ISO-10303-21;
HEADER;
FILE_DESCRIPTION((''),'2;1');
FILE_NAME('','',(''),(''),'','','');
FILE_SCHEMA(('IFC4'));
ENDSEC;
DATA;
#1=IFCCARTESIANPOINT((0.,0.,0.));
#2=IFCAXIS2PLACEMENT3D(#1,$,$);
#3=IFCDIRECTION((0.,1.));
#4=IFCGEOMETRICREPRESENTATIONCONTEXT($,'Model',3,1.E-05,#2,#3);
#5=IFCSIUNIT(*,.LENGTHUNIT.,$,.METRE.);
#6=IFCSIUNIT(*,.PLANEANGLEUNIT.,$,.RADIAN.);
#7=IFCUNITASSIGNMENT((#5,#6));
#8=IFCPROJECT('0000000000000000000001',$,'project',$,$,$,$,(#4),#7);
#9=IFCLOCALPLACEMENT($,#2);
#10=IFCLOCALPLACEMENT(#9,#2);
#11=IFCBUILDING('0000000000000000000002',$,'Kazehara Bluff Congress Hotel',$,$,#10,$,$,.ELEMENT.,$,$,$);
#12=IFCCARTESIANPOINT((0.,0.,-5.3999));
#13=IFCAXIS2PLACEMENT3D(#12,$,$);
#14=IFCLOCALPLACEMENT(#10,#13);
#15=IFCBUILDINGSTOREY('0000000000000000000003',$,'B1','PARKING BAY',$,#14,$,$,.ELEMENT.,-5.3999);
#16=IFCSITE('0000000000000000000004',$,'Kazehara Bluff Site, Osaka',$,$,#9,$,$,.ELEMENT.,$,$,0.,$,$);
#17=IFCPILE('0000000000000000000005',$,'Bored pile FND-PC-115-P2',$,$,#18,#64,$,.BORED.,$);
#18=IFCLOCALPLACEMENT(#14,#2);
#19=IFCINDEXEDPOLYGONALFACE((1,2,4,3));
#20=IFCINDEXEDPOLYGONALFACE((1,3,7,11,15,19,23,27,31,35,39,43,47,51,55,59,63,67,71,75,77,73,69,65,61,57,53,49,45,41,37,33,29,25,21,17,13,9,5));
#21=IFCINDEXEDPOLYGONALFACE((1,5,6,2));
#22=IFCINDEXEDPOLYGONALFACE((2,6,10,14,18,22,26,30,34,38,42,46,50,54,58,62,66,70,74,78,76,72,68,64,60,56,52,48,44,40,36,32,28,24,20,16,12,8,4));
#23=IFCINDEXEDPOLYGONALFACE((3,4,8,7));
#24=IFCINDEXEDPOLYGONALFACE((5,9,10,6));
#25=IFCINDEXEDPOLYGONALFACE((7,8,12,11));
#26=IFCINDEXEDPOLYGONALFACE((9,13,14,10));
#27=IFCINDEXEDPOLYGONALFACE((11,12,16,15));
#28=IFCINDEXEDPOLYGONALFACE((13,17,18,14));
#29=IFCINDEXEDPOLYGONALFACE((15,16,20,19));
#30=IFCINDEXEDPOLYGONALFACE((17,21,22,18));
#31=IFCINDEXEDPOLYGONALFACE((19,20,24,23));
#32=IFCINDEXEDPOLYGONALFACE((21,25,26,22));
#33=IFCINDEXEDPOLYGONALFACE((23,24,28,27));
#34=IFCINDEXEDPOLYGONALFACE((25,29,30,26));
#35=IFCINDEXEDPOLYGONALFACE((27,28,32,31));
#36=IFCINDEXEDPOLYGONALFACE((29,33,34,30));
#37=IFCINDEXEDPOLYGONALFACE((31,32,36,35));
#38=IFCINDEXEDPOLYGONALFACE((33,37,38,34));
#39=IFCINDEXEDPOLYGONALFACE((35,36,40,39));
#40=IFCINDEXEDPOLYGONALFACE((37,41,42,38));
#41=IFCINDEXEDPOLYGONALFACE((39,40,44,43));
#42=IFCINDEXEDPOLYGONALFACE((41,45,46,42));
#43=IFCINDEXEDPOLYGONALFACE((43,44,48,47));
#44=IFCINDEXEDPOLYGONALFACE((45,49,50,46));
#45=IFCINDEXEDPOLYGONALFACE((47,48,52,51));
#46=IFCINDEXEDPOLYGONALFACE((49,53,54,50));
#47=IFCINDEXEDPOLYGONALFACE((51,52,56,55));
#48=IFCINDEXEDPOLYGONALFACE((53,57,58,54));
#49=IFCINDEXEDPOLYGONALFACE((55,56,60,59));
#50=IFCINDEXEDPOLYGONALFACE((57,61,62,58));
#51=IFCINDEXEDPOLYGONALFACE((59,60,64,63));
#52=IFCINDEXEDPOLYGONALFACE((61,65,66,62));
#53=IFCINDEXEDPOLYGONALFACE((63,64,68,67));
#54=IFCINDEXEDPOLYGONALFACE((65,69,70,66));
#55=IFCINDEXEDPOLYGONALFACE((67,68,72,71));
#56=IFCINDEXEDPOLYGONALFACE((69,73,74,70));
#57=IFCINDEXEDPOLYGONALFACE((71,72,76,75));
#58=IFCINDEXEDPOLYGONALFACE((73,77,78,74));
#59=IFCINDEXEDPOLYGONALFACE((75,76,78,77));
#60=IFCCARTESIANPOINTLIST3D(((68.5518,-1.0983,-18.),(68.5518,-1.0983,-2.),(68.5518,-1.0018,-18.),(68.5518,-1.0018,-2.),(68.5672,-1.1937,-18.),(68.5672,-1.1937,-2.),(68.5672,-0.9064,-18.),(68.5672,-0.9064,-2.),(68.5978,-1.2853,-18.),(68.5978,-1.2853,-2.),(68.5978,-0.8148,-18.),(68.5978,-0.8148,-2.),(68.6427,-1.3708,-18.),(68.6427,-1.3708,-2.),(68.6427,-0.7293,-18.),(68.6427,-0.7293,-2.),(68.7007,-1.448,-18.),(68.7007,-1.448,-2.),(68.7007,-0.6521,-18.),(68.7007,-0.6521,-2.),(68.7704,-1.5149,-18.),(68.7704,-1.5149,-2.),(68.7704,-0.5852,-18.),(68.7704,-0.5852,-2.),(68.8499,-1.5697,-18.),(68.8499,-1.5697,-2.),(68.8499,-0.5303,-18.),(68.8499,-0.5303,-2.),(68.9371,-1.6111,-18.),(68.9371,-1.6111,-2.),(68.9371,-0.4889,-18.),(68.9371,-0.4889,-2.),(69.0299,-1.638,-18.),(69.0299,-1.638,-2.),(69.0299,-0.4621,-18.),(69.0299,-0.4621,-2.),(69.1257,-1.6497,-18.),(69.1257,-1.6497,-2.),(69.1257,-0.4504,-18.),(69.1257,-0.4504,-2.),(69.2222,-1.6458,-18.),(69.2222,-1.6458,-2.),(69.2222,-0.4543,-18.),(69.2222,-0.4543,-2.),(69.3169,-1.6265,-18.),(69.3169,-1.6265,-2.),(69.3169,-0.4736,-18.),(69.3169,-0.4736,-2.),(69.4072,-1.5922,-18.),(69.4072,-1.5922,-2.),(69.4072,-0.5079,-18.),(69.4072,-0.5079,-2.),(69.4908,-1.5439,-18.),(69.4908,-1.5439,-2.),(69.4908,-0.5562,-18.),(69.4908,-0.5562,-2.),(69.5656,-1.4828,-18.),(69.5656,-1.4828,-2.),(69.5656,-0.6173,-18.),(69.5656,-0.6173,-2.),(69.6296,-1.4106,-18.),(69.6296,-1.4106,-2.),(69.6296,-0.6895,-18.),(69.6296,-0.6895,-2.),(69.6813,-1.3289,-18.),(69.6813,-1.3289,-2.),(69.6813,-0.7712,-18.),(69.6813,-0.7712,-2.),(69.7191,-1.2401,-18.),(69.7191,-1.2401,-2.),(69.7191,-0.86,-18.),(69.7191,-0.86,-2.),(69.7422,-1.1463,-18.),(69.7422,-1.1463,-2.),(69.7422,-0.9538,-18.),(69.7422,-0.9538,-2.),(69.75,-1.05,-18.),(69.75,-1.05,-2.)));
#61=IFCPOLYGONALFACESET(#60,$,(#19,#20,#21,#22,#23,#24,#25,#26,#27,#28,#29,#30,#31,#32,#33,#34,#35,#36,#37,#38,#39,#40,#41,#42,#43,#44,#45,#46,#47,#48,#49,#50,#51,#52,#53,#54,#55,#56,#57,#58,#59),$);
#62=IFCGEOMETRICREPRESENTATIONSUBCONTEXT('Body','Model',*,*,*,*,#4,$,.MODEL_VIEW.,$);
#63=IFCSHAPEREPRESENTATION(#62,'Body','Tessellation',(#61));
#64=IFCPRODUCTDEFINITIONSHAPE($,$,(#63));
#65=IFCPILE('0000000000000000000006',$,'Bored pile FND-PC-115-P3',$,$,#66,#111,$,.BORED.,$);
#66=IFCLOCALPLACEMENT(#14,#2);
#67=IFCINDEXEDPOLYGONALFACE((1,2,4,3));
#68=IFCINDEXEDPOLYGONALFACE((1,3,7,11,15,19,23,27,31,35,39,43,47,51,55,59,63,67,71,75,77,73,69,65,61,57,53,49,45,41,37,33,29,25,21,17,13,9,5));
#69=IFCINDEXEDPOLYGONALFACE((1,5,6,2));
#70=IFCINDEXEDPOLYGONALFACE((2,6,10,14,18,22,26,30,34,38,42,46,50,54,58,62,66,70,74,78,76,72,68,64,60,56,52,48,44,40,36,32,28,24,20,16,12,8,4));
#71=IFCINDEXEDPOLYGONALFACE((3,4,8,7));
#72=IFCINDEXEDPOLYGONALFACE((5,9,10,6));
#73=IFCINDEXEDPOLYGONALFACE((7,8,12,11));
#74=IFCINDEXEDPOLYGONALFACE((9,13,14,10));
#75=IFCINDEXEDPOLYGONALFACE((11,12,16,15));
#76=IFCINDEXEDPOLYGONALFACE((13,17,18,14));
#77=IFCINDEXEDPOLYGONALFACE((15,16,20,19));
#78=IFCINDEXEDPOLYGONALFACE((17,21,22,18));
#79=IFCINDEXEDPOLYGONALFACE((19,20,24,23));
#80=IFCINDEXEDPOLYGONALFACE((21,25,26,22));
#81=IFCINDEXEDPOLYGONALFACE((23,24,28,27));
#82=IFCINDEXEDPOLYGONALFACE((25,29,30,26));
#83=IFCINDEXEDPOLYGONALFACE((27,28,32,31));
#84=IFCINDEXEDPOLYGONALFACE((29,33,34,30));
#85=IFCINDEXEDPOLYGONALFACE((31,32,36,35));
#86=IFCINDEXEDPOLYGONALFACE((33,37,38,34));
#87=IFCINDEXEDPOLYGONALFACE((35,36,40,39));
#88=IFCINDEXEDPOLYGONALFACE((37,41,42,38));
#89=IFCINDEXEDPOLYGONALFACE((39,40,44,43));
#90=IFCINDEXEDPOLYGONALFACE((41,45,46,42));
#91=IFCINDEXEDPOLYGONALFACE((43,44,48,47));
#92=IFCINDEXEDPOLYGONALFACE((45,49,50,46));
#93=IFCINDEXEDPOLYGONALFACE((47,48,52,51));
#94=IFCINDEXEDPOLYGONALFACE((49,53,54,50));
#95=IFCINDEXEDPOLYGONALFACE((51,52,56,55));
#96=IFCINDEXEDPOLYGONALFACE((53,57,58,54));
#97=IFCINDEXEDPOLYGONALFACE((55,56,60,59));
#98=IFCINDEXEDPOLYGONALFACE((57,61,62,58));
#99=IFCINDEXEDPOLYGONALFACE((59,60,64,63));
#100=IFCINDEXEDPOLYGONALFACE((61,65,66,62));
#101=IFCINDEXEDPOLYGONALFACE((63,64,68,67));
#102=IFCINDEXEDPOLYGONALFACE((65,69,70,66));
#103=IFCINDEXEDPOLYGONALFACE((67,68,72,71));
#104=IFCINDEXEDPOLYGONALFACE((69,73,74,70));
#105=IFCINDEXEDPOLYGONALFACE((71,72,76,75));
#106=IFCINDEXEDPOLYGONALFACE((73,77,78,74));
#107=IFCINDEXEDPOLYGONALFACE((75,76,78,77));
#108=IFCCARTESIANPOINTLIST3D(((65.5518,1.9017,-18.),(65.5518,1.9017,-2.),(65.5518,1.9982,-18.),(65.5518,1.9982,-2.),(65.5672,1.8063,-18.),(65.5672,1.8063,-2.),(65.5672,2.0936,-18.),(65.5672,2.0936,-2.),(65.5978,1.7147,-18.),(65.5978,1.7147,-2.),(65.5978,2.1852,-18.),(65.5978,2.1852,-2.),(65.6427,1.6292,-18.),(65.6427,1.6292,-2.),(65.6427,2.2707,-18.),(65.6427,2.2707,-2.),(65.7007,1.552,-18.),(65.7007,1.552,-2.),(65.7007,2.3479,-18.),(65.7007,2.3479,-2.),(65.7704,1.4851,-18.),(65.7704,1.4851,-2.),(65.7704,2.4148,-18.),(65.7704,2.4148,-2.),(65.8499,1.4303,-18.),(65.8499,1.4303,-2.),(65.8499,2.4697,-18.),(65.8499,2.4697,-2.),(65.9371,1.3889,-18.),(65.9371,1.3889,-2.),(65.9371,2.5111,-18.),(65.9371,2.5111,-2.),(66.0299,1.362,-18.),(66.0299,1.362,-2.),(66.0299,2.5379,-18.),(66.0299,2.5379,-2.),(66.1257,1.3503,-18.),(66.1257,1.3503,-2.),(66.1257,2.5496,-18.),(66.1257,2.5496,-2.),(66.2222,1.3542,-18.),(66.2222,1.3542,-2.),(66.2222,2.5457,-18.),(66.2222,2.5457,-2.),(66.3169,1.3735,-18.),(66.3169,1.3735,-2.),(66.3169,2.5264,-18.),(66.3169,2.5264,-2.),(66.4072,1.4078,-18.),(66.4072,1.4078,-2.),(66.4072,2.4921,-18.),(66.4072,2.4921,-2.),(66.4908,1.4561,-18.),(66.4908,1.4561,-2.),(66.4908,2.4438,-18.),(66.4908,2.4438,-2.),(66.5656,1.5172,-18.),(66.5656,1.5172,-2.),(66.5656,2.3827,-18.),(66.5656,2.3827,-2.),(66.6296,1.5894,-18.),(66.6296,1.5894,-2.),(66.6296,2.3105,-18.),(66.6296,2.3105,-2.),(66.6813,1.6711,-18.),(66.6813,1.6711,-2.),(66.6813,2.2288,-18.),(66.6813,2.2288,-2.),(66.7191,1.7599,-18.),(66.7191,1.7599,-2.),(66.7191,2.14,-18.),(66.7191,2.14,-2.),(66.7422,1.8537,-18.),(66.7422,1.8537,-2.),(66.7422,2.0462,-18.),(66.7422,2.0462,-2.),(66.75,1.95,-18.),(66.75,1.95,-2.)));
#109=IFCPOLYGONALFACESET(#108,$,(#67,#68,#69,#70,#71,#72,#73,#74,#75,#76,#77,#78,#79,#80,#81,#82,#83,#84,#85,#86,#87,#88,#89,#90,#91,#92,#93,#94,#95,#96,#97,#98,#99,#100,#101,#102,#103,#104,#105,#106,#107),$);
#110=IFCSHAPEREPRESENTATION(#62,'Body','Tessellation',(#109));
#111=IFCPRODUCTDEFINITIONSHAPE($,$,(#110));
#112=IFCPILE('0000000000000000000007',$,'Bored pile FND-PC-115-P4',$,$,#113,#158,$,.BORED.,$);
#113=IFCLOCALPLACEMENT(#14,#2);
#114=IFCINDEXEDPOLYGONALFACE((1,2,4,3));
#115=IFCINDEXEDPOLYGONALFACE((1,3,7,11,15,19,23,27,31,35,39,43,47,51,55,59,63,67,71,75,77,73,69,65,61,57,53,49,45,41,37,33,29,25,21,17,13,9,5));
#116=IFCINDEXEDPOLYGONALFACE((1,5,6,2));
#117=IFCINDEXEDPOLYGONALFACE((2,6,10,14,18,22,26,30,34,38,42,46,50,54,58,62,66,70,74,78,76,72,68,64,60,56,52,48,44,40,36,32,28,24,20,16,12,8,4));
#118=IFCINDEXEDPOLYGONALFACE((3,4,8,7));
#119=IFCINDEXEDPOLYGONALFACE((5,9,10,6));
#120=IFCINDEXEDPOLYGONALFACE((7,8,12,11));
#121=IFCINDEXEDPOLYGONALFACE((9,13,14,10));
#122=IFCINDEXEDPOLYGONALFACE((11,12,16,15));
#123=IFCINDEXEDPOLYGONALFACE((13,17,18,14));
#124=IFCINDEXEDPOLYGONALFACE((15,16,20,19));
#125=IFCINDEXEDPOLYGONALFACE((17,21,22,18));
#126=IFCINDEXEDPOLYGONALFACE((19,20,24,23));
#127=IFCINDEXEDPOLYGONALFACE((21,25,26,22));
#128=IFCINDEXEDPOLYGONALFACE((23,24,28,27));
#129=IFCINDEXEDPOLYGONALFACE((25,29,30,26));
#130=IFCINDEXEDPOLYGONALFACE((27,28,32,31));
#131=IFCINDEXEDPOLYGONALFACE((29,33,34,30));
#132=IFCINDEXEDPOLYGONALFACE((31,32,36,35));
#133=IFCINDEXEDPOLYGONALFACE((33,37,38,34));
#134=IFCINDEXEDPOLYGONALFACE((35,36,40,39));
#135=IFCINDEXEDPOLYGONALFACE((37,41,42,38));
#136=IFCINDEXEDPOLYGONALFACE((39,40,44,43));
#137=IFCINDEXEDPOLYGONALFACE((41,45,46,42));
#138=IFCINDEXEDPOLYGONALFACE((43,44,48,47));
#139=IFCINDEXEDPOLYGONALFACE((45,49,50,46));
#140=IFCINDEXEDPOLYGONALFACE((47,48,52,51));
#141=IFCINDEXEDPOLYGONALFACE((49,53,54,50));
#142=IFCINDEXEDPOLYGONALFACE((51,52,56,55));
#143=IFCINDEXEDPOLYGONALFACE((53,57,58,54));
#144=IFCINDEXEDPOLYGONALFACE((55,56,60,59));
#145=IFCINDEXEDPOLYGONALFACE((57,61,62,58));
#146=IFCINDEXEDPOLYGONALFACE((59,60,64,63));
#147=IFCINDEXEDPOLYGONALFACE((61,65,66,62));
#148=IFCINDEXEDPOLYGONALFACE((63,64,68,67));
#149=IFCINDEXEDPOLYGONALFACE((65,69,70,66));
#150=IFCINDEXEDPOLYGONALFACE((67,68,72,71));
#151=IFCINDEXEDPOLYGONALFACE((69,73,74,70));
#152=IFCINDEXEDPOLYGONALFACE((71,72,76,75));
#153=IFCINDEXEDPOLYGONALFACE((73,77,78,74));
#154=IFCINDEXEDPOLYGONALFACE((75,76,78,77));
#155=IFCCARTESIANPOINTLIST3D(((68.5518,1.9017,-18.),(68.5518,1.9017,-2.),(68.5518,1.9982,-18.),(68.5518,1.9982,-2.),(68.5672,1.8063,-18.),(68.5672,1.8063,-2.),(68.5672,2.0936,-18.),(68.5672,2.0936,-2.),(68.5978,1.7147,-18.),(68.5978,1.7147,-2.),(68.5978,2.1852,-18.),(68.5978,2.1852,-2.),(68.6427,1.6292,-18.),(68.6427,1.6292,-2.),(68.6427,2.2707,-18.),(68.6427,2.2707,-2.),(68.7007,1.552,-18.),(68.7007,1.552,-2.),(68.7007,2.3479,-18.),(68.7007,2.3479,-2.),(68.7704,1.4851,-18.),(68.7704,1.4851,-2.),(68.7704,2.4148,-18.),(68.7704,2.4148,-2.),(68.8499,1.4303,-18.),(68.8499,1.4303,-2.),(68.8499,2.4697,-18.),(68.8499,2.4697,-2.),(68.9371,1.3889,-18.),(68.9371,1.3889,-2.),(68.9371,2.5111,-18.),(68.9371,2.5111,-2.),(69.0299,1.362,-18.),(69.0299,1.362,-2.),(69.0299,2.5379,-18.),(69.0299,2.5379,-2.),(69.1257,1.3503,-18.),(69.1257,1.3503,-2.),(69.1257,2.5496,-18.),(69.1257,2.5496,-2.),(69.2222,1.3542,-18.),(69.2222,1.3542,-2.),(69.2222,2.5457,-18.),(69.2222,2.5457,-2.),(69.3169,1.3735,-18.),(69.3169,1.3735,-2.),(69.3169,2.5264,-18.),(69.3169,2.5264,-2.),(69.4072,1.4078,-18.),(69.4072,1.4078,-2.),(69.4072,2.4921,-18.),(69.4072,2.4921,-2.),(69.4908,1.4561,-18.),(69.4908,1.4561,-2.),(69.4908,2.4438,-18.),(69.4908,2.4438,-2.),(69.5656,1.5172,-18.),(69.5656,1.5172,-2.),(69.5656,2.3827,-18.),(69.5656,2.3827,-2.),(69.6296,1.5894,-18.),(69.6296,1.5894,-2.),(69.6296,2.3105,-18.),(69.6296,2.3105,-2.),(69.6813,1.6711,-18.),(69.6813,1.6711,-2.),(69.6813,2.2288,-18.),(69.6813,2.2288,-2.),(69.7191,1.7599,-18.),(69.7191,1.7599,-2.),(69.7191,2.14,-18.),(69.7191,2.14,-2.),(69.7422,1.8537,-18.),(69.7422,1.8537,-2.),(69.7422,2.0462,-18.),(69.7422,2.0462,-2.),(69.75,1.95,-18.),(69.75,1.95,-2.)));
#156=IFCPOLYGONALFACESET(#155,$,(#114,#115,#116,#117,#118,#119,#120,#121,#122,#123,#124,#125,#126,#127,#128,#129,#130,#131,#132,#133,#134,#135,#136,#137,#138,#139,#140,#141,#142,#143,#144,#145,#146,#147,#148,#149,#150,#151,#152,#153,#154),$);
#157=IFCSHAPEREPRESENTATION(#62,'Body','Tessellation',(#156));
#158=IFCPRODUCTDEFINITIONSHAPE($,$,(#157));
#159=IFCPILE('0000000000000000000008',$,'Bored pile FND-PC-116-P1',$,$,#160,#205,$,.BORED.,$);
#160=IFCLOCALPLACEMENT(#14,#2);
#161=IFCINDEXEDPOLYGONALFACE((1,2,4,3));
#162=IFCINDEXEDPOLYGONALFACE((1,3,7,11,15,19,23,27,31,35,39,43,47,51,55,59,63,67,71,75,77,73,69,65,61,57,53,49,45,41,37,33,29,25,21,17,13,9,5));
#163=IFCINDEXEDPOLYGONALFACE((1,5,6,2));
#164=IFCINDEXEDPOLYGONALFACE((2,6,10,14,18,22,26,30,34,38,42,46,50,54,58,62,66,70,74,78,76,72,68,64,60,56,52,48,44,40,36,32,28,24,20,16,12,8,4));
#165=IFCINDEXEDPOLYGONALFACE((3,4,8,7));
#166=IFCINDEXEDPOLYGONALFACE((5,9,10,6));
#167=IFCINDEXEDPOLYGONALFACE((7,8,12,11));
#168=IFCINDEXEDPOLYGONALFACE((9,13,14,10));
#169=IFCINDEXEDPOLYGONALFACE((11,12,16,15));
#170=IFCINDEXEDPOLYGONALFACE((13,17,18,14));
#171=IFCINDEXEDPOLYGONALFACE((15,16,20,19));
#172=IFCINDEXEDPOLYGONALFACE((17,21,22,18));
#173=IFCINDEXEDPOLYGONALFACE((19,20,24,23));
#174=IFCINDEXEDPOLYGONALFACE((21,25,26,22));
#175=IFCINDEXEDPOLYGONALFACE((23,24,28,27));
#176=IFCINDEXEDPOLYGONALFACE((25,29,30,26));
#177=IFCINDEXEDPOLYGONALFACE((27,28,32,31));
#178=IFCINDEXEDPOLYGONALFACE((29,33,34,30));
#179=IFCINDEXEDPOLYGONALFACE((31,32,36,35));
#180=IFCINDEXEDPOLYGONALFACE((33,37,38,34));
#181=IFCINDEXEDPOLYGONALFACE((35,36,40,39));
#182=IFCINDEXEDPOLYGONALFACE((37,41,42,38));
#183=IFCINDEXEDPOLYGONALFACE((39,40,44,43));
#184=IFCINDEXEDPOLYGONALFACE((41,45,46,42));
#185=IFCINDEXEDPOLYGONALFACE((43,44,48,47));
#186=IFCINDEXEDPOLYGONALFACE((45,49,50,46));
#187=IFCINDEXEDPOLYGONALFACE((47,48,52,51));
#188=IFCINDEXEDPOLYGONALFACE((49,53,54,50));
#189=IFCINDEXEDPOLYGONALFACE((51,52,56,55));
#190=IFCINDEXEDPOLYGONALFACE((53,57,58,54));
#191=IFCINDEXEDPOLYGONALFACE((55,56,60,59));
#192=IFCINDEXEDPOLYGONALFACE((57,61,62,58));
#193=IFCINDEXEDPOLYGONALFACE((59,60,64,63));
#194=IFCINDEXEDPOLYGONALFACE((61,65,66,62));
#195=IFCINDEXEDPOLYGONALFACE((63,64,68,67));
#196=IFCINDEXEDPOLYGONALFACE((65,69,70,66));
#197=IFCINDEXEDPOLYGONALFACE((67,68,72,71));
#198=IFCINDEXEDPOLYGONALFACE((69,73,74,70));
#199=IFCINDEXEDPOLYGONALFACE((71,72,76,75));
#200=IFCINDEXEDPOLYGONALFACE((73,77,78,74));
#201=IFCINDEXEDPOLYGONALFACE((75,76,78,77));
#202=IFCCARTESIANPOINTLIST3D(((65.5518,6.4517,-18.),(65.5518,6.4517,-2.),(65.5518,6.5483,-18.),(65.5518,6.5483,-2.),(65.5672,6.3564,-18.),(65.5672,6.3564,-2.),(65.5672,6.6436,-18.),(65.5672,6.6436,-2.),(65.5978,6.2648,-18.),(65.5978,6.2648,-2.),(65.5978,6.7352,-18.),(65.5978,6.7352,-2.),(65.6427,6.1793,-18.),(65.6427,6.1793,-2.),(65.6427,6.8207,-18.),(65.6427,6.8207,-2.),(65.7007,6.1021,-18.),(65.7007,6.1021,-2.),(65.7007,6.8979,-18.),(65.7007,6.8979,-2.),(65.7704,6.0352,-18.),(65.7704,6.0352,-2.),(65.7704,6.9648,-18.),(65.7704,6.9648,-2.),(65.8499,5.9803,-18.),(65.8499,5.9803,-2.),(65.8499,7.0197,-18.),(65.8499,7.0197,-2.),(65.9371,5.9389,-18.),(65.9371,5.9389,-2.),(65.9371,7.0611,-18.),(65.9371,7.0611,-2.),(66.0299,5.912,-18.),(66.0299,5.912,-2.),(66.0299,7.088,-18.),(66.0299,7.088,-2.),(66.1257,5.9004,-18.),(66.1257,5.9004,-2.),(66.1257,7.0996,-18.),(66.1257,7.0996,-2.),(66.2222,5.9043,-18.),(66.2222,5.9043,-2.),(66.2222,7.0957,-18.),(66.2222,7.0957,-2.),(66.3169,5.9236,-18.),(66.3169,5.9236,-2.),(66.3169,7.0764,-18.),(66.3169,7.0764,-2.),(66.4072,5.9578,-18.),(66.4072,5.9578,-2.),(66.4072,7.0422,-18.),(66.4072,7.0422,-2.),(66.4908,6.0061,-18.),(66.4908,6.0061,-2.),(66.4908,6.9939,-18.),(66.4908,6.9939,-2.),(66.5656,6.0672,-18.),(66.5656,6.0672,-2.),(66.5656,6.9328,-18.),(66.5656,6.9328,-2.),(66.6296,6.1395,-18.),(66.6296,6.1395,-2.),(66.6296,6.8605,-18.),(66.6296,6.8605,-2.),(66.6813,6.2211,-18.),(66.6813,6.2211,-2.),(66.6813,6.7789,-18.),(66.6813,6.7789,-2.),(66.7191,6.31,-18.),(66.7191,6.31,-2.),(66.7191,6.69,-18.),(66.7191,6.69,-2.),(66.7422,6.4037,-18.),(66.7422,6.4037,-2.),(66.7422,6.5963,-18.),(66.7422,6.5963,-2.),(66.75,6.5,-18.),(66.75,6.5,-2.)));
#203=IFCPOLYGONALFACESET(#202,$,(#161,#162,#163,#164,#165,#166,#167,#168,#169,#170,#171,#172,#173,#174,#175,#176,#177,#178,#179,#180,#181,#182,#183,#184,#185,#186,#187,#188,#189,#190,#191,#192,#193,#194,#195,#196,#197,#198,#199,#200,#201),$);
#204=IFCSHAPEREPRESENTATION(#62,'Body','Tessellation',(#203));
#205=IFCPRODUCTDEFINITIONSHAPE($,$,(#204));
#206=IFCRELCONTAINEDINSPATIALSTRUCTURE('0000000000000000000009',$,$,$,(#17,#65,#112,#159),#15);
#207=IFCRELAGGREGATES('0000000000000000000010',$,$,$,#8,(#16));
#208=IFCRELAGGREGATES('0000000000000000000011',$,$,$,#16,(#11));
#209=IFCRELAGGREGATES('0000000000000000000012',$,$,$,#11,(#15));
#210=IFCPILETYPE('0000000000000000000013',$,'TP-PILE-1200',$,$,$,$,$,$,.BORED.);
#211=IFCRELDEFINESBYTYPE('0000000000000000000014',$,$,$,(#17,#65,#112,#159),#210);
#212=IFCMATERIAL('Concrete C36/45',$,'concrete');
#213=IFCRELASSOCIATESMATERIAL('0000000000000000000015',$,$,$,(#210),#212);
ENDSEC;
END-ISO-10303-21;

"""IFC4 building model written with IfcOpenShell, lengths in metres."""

from ifc_helpers import new_model, si_unit, direction, frame, origin, origin_2d, place, context, subcontext, project, spatial, circle, extrude, material, material_profile, profile_set, type_object, element, save


model = new_model("IFC4")

# Units and contexts
model_context = context("Model", 3, precision=1e-05, world=origin(), true_north=direction((0.0, 1.0)))
body_context = subcontext(model_context, "Body", "Model", "MODEL_VIEW")
ifc_project = project(units=[si_unit("LENGTHUNIT", "METRE"), si_unit("PLANEANGLEUNIT", "RADIAN")], contexts=[model_context])

# Site, building, storey
site_placement = place(None, origin())
site = spatial("IfcSite", under=ifc_project, at=site_placement, Name="Kazehara Bluff Site, Osaka", CompositionType="ELEMENT", RefElevation=0.0)
building_placement = place(site_placement, origin())
building = spatial("IfcBuilding", under=site, at=building_placement, Name="Kazehara Bluff Congress Hotel", CompositionType="ELEMENT")
storey_placement = place(building_placement, frame((0.0, 0.0, -5.3999)))
storey = spatial("IfcBuildingStorey", under=building, at=storey_placement, Name="B1", Description="PARKING BAY", CompositionType="ELEMENT", Elevation=-5.3999)

# Piles
ifc_material_1 = material(Name="Concrete C36/45", Category="concrete")
ifc_material_profile_1 = material_profile(ifc_material_1, circle(Radius=0.6001, at=origin_2d()))
ifc_profile_set_1 = profile_set([ifc_material_profile_1], Name="Concrete C36/45")
pile_type_1 = type_object("IfcPileType", Name="TP-PILE-1200", PredefinedType="BORED", material=ifc_profile_set_1)
for number, where, z_axis, x_axis, name in (
    (1, (69.1499, -1.05, -2.0), (0.0, 0.0, -1.0), (1.0, 0.0, 0.0), "Bored pile FND-PC-115-P2"),
    (2, (66.1499, 1.95, -2.0), (0.0, 0.0, -1.0), (1.0, 0.0, 0.0), "Bored pile FND-PC-115-P3"),
    (3, (69.1499, 1.95, -2.0), (0.0, 0.0, -1.0), (1.0, 0.0, 0.0), "Bored pile FND-PC-115-P4"),
    (4, (66.1499, 6.5, -2.0), (0.0, 0.0, -1.0), (1.0, 0.0, 0.0), "Bored pile FND-PC-116-P1"),
):
    element("IfcPile", number, at=place(storey_placement, frame(where, z_axis=z_axis, x_axis=x_axis)), inside=storey, type_object=pile_type_1, Name=name, PredefinedType="BORED", context=body_context, shape_type="SweptSolid", body=[
        extrude(circle(Radius=0.6001, at=origin_2d()), origin(), (0.0, 0.0, 1.0), 16.0),
    ])

save(model, "model.ifc")
